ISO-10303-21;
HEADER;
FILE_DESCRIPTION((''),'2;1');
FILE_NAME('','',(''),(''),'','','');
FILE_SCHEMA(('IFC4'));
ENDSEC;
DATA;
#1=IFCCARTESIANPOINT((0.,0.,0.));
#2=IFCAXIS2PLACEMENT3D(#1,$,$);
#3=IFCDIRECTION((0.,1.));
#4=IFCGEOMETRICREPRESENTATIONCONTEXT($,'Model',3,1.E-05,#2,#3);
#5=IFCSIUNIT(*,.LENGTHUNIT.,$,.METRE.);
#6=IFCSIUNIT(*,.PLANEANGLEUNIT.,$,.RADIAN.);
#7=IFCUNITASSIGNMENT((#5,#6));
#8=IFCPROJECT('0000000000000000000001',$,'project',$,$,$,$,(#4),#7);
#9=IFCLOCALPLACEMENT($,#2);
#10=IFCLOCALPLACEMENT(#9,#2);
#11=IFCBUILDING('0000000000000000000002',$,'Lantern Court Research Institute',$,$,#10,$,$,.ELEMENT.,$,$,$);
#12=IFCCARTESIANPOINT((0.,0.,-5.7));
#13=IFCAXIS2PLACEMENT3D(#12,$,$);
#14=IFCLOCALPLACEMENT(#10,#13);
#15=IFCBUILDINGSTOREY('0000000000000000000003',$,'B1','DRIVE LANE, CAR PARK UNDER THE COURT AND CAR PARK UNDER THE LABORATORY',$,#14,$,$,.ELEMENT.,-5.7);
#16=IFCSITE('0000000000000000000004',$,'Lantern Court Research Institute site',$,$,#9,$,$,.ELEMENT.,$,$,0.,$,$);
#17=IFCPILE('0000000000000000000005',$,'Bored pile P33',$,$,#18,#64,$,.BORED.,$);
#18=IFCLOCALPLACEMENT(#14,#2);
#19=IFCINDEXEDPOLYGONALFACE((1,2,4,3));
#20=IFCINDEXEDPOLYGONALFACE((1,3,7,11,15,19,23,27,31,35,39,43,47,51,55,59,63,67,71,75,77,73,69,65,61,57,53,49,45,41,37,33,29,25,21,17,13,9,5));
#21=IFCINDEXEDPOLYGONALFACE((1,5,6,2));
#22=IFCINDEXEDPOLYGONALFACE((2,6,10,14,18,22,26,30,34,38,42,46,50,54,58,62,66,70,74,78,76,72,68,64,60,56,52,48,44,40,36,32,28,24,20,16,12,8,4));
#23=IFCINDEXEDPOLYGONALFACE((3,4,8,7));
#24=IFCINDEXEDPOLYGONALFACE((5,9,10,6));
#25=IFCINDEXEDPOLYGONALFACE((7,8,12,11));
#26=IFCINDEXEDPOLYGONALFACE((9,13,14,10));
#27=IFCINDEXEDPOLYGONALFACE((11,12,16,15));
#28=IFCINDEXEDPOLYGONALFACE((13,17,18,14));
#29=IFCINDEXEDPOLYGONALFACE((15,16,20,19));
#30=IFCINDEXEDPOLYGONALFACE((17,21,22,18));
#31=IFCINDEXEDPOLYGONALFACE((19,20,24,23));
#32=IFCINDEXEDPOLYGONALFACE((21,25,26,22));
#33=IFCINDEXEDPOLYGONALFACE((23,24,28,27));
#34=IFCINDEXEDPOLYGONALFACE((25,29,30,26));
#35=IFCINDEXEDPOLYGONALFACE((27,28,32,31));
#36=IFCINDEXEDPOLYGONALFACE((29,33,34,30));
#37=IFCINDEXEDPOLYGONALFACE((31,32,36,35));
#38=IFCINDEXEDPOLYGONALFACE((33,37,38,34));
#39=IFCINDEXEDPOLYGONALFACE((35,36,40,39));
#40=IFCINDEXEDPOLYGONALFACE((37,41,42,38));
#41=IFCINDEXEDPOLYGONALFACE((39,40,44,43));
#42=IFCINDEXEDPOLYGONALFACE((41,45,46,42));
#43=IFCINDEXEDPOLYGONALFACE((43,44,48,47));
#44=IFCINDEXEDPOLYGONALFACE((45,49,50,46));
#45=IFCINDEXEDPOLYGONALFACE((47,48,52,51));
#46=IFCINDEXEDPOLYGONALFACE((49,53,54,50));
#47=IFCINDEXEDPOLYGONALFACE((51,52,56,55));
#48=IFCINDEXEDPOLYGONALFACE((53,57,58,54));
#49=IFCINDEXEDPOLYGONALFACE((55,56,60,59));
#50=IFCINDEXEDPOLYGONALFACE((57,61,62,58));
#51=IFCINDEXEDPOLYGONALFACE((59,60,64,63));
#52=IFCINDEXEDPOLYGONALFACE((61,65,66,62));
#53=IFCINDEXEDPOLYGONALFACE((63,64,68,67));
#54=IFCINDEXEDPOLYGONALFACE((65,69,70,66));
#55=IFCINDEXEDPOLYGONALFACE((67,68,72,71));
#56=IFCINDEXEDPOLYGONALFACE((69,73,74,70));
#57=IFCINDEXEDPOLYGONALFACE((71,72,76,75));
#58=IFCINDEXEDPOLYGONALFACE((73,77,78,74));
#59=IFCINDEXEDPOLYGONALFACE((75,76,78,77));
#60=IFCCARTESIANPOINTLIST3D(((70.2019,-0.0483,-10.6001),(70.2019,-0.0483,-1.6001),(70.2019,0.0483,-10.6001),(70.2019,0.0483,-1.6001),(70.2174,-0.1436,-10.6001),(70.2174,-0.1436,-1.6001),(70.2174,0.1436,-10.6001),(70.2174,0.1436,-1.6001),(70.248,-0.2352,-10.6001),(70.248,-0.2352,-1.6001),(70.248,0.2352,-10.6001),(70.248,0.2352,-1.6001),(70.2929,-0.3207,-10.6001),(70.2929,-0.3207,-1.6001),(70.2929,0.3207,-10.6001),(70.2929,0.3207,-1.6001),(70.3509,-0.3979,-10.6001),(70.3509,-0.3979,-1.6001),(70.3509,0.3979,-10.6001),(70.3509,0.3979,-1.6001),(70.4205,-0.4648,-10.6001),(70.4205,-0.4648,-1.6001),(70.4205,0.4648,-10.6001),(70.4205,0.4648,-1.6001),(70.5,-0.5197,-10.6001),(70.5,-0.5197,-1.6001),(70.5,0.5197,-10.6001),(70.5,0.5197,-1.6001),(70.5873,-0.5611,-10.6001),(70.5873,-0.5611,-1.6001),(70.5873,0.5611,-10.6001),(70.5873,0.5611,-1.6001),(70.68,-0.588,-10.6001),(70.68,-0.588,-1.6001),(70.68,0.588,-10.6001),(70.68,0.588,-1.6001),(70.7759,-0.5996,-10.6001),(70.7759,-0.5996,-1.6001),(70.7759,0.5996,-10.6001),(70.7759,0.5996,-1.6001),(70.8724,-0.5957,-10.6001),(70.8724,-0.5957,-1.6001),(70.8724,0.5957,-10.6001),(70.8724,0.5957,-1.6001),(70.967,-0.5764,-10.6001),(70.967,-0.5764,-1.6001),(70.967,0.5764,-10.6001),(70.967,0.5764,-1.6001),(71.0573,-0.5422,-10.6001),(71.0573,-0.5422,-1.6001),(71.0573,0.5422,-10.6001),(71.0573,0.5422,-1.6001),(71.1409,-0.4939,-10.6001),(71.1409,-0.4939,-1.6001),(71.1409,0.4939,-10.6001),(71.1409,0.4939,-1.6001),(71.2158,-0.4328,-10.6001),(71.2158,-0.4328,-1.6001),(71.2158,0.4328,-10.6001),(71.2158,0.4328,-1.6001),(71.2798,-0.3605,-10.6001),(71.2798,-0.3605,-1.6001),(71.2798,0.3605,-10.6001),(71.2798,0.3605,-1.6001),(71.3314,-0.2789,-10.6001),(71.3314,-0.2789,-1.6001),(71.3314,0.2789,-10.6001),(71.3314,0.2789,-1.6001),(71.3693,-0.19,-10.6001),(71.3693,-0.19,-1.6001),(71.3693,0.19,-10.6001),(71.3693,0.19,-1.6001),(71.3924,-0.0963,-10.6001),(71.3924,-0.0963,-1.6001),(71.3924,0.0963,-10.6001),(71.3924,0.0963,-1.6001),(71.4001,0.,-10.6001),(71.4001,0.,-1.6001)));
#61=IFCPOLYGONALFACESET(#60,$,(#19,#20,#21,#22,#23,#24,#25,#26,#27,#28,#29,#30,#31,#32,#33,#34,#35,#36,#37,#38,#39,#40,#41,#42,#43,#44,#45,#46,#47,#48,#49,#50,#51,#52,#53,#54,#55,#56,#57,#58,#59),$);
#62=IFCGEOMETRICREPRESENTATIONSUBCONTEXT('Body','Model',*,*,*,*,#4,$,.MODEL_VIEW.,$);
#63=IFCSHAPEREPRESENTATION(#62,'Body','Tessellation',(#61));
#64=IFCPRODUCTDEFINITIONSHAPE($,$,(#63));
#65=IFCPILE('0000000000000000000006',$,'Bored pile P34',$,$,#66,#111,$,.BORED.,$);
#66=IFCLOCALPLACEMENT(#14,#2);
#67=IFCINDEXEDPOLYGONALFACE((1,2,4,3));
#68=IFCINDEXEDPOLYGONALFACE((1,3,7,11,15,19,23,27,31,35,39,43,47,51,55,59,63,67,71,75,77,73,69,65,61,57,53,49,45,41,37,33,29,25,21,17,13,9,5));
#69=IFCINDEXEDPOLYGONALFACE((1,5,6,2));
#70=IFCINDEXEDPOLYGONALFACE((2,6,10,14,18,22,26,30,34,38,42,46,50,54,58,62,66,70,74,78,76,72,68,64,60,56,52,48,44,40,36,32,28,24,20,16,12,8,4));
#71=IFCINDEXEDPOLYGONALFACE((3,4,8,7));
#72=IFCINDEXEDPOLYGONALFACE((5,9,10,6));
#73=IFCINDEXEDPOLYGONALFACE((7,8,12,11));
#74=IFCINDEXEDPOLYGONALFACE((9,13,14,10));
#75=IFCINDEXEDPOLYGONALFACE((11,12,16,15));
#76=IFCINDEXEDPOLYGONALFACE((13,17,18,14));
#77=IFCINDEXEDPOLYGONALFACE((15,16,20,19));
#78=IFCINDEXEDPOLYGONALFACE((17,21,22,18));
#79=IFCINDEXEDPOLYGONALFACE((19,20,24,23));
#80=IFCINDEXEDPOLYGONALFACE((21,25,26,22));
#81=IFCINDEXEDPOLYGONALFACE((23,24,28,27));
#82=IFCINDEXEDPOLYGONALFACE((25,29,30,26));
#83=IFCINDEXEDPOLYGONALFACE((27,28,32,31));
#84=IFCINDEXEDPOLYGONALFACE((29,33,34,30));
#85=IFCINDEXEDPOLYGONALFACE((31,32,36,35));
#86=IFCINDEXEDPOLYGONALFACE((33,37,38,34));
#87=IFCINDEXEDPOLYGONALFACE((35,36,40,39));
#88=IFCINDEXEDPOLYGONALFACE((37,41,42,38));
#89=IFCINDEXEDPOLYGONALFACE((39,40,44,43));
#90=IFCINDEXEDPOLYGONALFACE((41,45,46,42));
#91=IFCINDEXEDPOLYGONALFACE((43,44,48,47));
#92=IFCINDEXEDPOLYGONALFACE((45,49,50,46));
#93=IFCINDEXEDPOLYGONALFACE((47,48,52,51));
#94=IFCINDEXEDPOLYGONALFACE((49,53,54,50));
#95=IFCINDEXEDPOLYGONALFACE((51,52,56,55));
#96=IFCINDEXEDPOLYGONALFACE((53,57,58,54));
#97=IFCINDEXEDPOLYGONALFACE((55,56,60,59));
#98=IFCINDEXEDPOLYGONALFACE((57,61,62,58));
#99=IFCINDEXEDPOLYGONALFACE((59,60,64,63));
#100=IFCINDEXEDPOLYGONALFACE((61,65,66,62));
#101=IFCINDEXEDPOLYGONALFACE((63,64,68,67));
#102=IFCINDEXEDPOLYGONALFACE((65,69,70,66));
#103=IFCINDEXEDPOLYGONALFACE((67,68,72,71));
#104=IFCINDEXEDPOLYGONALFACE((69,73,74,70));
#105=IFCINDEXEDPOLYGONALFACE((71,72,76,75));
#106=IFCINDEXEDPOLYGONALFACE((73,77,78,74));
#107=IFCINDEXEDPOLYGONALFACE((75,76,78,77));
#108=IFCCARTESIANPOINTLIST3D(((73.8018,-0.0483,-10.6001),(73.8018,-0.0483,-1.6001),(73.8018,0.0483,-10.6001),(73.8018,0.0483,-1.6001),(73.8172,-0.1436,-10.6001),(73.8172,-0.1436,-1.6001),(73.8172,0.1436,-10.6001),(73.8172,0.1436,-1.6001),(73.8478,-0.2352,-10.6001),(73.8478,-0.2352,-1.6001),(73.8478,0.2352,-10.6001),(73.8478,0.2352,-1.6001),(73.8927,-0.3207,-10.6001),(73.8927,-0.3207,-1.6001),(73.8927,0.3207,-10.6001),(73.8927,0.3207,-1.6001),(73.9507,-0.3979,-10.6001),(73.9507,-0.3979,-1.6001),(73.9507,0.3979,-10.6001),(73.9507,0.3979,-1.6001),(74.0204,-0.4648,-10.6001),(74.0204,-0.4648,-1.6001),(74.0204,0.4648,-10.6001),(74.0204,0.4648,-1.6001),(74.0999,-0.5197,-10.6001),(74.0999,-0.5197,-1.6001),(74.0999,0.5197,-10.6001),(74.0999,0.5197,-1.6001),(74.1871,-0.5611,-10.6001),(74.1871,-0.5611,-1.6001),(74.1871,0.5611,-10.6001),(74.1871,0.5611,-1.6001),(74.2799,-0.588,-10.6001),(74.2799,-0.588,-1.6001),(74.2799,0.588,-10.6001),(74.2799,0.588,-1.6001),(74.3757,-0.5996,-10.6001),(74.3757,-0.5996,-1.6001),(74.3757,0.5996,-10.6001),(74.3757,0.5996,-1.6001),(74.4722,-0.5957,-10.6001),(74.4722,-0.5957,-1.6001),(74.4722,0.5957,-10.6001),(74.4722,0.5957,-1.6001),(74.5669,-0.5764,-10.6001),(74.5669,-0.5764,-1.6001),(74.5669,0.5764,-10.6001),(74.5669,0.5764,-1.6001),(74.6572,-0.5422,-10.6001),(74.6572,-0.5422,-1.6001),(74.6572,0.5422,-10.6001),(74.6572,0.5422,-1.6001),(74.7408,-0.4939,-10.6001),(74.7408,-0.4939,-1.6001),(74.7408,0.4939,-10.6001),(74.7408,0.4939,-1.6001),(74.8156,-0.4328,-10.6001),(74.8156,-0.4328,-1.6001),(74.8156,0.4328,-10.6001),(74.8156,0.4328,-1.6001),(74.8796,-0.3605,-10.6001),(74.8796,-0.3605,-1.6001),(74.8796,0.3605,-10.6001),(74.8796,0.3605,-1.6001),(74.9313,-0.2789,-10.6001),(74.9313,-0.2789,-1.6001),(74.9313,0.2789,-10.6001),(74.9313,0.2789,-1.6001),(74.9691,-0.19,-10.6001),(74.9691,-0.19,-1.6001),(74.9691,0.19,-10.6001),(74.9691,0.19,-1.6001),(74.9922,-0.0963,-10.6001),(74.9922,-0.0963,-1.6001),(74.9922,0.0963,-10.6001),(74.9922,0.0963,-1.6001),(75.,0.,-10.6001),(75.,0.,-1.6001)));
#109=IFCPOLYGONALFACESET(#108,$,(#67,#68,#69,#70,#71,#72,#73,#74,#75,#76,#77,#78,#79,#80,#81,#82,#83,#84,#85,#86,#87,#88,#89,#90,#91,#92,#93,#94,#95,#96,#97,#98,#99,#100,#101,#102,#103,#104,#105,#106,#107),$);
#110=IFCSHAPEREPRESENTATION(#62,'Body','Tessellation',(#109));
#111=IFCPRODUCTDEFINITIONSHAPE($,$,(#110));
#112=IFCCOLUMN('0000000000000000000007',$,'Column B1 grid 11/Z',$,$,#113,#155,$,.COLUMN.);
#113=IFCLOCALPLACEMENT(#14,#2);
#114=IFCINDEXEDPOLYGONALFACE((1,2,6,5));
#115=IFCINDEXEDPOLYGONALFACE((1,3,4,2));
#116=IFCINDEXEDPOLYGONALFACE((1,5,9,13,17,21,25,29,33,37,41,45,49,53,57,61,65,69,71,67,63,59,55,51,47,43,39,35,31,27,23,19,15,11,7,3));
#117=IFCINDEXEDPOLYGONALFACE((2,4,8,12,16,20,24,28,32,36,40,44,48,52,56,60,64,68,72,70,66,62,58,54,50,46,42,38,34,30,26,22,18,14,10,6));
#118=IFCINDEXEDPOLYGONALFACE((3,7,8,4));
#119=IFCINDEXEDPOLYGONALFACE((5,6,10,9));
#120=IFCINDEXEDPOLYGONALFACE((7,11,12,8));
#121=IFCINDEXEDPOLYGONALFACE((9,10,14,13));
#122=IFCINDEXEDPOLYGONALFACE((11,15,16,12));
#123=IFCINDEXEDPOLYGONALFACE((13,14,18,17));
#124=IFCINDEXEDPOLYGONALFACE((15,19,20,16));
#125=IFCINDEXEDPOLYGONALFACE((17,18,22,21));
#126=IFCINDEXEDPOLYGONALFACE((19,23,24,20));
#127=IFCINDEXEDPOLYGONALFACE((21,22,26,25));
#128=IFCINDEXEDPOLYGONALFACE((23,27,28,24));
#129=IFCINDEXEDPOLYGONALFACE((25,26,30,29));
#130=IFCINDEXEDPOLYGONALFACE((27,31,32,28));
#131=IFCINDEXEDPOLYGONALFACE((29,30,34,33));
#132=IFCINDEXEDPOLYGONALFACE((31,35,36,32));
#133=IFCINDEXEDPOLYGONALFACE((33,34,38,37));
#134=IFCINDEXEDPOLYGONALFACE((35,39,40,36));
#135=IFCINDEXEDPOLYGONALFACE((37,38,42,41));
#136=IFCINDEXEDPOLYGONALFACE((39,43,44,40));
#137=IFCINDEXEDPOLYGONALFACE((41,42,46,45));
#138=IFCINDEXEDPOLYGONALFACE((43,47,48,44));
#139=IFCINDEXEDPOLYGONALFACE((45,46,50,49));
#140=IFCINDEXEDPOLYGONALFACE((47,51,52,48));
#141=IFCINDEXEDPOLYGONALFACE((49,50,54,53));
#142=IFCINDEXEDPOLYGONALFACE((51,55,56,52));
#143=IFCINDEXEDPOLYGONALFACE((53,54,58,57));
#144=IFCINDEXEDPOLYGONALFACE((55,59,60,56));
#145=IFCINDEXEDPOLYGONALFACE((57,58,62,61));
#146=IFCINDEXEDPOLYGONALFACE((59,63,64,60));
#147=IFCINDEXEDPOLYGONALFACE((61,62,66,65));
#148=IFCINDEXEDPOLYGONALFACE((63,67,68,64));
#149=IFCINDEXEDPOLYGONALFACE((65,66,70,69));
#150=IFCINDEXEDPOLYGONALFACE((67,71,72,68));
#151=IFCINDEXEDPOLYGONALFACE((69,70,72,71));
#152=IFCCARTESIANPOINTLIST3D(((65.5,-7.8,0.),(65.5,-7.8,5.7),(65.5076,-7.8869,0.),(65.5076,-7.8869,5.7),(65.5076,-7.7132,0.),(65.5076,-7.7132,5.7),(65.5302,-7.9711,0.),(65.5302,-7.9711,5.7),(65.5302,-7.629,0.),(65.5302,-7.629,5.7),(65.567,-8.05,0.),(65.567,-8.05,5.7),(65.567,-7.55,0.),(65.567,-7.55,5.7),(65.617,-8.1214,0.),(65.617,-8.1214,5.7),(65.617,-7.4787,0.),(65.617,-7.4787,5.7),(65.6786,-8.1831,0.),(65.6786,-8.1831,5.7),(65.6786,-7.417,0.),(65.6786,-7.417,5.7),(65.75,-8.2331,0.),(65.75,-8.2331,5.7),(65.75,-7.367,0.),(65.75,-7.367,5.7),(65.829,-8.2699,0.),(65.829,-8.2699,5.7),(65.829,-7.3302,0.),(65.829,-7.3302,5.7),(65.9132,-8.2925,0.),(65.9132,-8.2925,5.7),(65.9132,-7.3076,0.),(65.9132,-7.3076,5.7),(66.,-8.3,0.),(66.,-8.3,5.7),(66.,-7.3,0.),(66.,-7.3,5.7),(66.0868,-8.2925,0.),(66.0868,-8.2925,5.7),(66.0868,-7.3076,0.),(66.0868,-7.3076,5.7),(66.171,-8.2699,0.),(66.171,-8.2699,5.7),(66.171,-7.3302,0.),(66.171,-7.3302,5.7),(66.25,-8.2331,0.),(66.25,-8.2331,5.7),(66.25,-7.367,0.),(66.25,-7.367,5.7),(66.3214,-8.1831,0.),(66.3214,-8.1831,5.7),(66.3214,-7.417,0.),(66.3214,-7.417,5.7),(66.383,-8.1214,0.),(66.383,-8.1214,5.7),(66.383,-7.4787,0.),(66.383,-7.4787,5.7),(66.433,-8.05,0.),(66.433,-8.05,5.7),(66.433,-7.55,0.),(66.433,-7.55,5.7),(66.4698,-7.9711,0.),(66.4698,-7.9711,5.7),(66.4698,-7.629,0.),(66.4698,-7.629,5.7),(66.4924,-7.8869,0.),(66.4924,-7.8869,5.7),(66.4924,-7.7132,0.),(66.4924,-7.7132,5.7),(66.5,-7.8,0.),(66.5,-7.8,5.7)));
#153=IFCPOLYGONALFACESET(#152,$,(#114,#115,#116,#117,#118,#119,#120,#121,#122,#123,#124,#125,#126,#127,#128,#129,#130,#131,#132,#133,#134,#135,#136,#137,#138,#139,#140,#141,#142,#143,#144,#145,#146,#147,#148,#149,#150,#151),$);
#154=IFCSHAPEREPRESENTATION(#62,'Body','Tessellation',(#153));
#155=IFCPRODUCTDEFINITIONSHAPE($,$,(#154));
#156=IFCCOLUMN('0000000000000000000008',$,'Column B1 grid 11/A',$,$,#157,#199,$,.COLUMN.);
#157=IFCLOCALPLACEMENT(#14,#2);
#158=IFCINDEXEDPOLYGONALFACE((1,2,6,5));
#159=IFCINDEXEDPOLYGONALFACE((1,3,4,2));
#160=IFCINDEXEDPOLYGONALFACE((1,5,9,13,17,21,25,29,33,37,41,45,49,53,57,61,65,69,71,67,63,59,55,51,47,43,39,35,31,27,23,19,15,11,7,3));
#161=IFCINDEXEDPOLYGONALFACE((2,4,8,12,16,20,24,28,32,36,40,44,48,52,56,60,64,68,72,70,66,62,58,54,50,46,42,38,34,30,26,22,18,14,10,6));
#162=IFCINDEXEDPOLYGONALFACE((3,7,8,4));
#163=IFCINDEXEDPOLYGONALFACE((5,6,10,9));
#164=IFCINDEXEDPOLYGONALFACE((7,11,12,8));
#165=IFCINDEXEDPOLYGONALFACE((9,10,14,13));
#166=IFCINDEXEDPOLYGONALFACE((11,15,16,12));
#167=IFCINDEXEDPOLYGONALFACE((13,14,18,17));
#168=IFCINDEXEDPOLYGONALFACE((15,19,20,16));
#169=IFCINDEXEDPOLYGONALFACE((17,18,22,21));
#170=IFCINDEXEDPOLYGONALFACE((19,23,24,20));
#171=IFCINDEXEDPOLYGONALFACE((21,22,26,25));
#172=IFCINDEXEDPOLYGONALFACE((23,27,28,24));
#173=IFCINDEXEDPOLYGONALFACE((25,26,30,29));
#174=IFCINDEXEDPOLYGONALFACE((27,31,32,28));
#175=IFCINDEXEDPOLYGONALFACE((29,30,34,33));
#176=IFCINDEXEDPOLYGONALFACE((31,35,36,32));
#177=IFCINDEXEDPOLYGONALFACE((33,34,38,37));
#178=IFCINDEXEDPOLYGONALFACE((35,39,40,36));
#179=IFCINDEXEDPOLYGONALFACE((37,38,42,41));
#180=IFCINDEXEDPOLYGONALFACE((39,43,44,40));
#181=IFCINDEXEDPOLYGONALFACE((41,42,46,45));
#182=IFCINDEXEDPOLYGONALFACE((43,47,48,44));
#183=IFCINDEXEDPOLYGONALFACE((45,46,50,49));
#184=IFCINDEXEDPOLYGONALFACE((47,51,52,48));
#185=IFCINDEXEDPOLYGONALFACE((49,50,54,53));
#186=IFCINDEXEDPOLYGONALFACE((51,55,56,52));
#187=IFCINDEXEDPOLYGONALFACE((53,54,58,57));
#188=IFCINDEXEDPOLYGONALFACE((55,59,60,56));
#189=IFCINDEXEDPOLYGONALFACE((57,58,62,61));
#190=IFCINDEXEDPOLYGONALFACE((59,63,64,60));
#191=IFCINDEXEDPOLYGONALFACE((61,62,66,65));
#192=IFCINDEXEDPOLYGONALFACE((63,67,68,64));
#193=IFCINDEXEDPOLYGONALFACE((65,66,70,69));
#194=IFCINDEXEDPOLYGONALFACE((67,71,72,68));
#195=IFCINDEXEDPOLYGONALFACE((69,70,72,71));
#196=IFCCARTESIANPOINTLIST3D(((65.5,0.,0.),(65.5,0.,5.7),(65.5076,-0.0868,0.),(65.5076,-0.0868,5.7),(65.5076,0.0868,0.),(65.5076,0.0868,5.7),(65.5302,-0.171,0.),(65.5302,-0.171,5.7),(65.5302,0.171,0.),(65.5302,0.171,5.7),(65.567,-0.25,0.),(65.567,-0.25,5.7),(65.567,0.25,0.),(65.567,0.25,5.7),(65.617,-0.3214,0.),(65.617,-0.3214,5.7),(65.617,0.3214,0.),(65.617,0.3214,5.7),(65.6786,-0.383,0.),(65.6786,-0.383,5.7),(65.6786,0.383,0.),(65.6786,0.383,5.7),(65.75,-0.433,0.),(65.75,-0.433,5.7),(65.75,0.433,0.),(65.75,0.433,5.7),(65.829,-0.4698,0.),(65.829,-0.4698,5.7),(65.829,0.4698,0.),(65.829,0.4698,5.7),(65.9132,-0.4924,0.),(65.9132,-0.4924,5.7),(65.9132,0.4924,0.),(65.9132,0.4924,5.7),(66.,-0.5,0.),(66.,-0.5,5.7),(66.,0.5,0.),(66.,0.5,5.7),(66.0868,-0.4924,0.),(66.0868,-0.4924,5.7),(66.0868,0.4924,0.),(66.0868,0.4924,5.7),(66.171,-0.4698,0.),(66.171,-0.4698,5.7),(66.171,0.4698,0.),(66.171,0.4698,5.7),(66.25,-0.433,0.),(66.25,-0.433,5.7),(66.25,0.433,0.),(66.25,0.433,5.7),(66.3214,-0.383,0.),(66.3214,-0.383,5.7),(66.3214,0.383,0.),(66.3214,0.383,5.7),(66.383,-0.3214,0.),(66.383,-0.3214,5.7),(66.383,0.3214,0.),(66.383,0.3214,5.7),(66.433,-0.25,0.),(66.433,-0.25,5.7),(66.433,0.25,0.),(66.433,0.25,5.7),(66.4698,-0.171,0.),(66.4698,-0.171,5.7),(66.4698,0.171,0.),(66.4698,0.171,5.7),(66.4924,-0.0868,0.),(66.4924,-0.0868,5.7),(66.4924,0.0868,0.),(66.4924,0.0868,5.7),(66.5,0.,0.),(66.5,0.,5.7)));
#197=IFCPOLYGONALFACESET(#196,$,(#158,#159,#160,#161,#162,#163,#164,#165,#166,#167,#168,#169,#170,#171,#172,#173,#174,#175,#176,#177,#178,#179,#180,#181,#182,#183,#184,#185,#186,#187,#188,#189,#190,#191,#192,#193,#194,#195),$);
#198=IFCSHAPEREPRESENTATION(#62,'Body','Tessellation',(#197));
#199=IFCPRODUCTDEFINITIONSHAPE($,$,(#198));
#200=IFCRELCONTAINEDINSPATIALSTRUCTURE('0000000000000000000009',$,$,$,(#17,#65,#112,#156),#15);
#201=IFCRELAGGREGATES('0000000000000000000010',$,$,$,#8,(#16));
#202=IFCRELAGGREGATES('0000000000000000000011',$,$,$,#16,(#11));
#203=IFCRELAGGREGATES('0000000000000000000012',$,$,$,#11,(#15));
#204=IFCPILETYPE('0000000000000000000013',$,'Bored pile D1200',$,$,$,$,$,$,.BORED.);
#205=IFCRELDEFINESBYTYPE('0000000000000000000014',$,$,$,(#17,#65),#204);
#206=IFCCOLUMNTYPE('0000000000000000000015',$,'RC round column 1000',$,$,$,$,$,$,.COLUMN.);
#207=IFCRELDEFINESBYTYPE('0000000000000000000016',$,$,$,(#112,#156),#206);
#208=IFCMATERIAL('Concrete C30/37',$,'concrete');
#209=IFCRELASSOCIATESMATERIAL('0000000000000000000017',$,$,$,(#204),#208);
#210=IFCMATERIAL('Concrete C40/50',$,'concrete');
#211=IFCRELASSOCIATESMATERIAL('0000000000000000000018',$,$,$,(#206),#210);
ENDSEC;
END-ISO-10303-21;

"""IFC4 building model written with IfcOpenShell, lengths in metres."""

from ifc_helpers import new_model, si_unit, direction, frame, origin, origin_2d, place, context, subcontext, project, spatial, circle, extrude, material, material_profile, profile_set, type_object, element, save


model = new_model("IFC4")

# Units and contexts
model_context = context("Model", 3, precision=1e-05, world=origin(), true_north=direction((0.0, 1.0)))
body_context = subcontext(model_context, "Body", "Model", "MODEL_VIEW")
ifc_project = project(units=[si_unit("LENGTHUNIT", "METRE"), si_unit("PLANEANGLEUNIT", "RADIAN")], contexts=[model_context])

# Site, building, storey
site_placement = place(None, origin())
site = spatial("IfcSite", under=ifc_project, at=site_placement, Name="Lantern Court Research Institute site", CompositionType="ELEMENT", RefElevation=0.0)
building_placement = place(site_placement, origin())
building = spatial("IfcBuilding", under=site, at=building_placement, Name="Lantern Court Research Institute", CompositionType="ELEMENT")
storey_placement = place(building_placement, frame((0.0, 0.0, -5.7)))
storey = spatial("IfcBuildingStorey", under=building, at=storey_placement, Name="B1", Description="DRIVE LANE, CAR PARK UNDER THE COURT AND CAR PARK UNDER THE LABORATORY", CompositionType="ELEMENT", Elevation=-5.7)

# Piles
ifc_material_1 = material(Name="Concrete C30/37", Category="concrete")
ifc_material_profile_1 = material_profile(ifc_material_1, circle(Radius=0.6001, at=origin_2d()), Name="Bored pile D1200")
ifc_profile_set_1 = profile_set([ifc_material_profile_1], Name="Concrete C30/37")
pile_type_1 = type_object("IfcPileType", Name="Bored pile D1200", PredefinedType="BORED", material=ifc_profile_set_1)
for number, where, z_axis, x_axis, name in (
    (1, (70.8, 0.0, -1.6001), (0.0, 0.0, -1.0), (1.0, 0.0, 0.0), "Bored pile P33"),
    (2, (74.3999, 0.0, -1.6001), (0.0, 0.0, -1.0), (1.0, 0.0, 0.0), "Bored pile P34"),
):
    element("IfcPile", number, at=place(storey_placement, frame(where, z_axis=z_axis, x_axis=x_axis)), inside=storey, type_object=pile_type_1, Name=name, PredefinedType="BORED", context=body_context, shape_type="SweptSolid", body=[
        extrude(circle(Radius=0.6001, at=origin_2d()), origin(), (0.0, 0.0, 1.0), 9.0),
    ])

# Columns
ifc_material_2 = material(Name="Concrete C40/50", Category="concrete")
ifc_material_profile_2 = material_profile(ifc_material_2, circle(Radius=0.5, at=origin_2d()), Name="RC round column 1000")
ifc_profile_set_2 = profile_set([ifc_material_profile_2], Name="Concrete C40/50")
column_type = type_object("IfcColumnType", Name="RC round column 1000", PredefinedType="COLUMN", material=ifc_profile_set_2)
for number, where, z_axis, x_axis, name in (
    (3, (66.0, -7.8, 0.0), (0.0, 0.0, 1.0), (1.0, 0.0, 0.0), "Column B1 grid 11/Z"),
    (4, (66.0, 0.0, 0.0), (0.0, 0.0, 1.0), (1.0, 0.0, 0.0), "Column B1 grid 11/A"),
):
    element("IfcColumn", number, at=place(storey_placement, frame(where, z_axis=z_axis, x_axis=x_axis)), inside=storey, type_object=column_type, Name=name, PredefinedType="COLUMN", context=body_context, shape_type="SweptSolid", body=[
        extrude(circle(Radius=0.5, at=origin_2d()), origin(), (0.0, 0.0, 1.0), 5.7),
    ])

save(model, "model.ifc")
